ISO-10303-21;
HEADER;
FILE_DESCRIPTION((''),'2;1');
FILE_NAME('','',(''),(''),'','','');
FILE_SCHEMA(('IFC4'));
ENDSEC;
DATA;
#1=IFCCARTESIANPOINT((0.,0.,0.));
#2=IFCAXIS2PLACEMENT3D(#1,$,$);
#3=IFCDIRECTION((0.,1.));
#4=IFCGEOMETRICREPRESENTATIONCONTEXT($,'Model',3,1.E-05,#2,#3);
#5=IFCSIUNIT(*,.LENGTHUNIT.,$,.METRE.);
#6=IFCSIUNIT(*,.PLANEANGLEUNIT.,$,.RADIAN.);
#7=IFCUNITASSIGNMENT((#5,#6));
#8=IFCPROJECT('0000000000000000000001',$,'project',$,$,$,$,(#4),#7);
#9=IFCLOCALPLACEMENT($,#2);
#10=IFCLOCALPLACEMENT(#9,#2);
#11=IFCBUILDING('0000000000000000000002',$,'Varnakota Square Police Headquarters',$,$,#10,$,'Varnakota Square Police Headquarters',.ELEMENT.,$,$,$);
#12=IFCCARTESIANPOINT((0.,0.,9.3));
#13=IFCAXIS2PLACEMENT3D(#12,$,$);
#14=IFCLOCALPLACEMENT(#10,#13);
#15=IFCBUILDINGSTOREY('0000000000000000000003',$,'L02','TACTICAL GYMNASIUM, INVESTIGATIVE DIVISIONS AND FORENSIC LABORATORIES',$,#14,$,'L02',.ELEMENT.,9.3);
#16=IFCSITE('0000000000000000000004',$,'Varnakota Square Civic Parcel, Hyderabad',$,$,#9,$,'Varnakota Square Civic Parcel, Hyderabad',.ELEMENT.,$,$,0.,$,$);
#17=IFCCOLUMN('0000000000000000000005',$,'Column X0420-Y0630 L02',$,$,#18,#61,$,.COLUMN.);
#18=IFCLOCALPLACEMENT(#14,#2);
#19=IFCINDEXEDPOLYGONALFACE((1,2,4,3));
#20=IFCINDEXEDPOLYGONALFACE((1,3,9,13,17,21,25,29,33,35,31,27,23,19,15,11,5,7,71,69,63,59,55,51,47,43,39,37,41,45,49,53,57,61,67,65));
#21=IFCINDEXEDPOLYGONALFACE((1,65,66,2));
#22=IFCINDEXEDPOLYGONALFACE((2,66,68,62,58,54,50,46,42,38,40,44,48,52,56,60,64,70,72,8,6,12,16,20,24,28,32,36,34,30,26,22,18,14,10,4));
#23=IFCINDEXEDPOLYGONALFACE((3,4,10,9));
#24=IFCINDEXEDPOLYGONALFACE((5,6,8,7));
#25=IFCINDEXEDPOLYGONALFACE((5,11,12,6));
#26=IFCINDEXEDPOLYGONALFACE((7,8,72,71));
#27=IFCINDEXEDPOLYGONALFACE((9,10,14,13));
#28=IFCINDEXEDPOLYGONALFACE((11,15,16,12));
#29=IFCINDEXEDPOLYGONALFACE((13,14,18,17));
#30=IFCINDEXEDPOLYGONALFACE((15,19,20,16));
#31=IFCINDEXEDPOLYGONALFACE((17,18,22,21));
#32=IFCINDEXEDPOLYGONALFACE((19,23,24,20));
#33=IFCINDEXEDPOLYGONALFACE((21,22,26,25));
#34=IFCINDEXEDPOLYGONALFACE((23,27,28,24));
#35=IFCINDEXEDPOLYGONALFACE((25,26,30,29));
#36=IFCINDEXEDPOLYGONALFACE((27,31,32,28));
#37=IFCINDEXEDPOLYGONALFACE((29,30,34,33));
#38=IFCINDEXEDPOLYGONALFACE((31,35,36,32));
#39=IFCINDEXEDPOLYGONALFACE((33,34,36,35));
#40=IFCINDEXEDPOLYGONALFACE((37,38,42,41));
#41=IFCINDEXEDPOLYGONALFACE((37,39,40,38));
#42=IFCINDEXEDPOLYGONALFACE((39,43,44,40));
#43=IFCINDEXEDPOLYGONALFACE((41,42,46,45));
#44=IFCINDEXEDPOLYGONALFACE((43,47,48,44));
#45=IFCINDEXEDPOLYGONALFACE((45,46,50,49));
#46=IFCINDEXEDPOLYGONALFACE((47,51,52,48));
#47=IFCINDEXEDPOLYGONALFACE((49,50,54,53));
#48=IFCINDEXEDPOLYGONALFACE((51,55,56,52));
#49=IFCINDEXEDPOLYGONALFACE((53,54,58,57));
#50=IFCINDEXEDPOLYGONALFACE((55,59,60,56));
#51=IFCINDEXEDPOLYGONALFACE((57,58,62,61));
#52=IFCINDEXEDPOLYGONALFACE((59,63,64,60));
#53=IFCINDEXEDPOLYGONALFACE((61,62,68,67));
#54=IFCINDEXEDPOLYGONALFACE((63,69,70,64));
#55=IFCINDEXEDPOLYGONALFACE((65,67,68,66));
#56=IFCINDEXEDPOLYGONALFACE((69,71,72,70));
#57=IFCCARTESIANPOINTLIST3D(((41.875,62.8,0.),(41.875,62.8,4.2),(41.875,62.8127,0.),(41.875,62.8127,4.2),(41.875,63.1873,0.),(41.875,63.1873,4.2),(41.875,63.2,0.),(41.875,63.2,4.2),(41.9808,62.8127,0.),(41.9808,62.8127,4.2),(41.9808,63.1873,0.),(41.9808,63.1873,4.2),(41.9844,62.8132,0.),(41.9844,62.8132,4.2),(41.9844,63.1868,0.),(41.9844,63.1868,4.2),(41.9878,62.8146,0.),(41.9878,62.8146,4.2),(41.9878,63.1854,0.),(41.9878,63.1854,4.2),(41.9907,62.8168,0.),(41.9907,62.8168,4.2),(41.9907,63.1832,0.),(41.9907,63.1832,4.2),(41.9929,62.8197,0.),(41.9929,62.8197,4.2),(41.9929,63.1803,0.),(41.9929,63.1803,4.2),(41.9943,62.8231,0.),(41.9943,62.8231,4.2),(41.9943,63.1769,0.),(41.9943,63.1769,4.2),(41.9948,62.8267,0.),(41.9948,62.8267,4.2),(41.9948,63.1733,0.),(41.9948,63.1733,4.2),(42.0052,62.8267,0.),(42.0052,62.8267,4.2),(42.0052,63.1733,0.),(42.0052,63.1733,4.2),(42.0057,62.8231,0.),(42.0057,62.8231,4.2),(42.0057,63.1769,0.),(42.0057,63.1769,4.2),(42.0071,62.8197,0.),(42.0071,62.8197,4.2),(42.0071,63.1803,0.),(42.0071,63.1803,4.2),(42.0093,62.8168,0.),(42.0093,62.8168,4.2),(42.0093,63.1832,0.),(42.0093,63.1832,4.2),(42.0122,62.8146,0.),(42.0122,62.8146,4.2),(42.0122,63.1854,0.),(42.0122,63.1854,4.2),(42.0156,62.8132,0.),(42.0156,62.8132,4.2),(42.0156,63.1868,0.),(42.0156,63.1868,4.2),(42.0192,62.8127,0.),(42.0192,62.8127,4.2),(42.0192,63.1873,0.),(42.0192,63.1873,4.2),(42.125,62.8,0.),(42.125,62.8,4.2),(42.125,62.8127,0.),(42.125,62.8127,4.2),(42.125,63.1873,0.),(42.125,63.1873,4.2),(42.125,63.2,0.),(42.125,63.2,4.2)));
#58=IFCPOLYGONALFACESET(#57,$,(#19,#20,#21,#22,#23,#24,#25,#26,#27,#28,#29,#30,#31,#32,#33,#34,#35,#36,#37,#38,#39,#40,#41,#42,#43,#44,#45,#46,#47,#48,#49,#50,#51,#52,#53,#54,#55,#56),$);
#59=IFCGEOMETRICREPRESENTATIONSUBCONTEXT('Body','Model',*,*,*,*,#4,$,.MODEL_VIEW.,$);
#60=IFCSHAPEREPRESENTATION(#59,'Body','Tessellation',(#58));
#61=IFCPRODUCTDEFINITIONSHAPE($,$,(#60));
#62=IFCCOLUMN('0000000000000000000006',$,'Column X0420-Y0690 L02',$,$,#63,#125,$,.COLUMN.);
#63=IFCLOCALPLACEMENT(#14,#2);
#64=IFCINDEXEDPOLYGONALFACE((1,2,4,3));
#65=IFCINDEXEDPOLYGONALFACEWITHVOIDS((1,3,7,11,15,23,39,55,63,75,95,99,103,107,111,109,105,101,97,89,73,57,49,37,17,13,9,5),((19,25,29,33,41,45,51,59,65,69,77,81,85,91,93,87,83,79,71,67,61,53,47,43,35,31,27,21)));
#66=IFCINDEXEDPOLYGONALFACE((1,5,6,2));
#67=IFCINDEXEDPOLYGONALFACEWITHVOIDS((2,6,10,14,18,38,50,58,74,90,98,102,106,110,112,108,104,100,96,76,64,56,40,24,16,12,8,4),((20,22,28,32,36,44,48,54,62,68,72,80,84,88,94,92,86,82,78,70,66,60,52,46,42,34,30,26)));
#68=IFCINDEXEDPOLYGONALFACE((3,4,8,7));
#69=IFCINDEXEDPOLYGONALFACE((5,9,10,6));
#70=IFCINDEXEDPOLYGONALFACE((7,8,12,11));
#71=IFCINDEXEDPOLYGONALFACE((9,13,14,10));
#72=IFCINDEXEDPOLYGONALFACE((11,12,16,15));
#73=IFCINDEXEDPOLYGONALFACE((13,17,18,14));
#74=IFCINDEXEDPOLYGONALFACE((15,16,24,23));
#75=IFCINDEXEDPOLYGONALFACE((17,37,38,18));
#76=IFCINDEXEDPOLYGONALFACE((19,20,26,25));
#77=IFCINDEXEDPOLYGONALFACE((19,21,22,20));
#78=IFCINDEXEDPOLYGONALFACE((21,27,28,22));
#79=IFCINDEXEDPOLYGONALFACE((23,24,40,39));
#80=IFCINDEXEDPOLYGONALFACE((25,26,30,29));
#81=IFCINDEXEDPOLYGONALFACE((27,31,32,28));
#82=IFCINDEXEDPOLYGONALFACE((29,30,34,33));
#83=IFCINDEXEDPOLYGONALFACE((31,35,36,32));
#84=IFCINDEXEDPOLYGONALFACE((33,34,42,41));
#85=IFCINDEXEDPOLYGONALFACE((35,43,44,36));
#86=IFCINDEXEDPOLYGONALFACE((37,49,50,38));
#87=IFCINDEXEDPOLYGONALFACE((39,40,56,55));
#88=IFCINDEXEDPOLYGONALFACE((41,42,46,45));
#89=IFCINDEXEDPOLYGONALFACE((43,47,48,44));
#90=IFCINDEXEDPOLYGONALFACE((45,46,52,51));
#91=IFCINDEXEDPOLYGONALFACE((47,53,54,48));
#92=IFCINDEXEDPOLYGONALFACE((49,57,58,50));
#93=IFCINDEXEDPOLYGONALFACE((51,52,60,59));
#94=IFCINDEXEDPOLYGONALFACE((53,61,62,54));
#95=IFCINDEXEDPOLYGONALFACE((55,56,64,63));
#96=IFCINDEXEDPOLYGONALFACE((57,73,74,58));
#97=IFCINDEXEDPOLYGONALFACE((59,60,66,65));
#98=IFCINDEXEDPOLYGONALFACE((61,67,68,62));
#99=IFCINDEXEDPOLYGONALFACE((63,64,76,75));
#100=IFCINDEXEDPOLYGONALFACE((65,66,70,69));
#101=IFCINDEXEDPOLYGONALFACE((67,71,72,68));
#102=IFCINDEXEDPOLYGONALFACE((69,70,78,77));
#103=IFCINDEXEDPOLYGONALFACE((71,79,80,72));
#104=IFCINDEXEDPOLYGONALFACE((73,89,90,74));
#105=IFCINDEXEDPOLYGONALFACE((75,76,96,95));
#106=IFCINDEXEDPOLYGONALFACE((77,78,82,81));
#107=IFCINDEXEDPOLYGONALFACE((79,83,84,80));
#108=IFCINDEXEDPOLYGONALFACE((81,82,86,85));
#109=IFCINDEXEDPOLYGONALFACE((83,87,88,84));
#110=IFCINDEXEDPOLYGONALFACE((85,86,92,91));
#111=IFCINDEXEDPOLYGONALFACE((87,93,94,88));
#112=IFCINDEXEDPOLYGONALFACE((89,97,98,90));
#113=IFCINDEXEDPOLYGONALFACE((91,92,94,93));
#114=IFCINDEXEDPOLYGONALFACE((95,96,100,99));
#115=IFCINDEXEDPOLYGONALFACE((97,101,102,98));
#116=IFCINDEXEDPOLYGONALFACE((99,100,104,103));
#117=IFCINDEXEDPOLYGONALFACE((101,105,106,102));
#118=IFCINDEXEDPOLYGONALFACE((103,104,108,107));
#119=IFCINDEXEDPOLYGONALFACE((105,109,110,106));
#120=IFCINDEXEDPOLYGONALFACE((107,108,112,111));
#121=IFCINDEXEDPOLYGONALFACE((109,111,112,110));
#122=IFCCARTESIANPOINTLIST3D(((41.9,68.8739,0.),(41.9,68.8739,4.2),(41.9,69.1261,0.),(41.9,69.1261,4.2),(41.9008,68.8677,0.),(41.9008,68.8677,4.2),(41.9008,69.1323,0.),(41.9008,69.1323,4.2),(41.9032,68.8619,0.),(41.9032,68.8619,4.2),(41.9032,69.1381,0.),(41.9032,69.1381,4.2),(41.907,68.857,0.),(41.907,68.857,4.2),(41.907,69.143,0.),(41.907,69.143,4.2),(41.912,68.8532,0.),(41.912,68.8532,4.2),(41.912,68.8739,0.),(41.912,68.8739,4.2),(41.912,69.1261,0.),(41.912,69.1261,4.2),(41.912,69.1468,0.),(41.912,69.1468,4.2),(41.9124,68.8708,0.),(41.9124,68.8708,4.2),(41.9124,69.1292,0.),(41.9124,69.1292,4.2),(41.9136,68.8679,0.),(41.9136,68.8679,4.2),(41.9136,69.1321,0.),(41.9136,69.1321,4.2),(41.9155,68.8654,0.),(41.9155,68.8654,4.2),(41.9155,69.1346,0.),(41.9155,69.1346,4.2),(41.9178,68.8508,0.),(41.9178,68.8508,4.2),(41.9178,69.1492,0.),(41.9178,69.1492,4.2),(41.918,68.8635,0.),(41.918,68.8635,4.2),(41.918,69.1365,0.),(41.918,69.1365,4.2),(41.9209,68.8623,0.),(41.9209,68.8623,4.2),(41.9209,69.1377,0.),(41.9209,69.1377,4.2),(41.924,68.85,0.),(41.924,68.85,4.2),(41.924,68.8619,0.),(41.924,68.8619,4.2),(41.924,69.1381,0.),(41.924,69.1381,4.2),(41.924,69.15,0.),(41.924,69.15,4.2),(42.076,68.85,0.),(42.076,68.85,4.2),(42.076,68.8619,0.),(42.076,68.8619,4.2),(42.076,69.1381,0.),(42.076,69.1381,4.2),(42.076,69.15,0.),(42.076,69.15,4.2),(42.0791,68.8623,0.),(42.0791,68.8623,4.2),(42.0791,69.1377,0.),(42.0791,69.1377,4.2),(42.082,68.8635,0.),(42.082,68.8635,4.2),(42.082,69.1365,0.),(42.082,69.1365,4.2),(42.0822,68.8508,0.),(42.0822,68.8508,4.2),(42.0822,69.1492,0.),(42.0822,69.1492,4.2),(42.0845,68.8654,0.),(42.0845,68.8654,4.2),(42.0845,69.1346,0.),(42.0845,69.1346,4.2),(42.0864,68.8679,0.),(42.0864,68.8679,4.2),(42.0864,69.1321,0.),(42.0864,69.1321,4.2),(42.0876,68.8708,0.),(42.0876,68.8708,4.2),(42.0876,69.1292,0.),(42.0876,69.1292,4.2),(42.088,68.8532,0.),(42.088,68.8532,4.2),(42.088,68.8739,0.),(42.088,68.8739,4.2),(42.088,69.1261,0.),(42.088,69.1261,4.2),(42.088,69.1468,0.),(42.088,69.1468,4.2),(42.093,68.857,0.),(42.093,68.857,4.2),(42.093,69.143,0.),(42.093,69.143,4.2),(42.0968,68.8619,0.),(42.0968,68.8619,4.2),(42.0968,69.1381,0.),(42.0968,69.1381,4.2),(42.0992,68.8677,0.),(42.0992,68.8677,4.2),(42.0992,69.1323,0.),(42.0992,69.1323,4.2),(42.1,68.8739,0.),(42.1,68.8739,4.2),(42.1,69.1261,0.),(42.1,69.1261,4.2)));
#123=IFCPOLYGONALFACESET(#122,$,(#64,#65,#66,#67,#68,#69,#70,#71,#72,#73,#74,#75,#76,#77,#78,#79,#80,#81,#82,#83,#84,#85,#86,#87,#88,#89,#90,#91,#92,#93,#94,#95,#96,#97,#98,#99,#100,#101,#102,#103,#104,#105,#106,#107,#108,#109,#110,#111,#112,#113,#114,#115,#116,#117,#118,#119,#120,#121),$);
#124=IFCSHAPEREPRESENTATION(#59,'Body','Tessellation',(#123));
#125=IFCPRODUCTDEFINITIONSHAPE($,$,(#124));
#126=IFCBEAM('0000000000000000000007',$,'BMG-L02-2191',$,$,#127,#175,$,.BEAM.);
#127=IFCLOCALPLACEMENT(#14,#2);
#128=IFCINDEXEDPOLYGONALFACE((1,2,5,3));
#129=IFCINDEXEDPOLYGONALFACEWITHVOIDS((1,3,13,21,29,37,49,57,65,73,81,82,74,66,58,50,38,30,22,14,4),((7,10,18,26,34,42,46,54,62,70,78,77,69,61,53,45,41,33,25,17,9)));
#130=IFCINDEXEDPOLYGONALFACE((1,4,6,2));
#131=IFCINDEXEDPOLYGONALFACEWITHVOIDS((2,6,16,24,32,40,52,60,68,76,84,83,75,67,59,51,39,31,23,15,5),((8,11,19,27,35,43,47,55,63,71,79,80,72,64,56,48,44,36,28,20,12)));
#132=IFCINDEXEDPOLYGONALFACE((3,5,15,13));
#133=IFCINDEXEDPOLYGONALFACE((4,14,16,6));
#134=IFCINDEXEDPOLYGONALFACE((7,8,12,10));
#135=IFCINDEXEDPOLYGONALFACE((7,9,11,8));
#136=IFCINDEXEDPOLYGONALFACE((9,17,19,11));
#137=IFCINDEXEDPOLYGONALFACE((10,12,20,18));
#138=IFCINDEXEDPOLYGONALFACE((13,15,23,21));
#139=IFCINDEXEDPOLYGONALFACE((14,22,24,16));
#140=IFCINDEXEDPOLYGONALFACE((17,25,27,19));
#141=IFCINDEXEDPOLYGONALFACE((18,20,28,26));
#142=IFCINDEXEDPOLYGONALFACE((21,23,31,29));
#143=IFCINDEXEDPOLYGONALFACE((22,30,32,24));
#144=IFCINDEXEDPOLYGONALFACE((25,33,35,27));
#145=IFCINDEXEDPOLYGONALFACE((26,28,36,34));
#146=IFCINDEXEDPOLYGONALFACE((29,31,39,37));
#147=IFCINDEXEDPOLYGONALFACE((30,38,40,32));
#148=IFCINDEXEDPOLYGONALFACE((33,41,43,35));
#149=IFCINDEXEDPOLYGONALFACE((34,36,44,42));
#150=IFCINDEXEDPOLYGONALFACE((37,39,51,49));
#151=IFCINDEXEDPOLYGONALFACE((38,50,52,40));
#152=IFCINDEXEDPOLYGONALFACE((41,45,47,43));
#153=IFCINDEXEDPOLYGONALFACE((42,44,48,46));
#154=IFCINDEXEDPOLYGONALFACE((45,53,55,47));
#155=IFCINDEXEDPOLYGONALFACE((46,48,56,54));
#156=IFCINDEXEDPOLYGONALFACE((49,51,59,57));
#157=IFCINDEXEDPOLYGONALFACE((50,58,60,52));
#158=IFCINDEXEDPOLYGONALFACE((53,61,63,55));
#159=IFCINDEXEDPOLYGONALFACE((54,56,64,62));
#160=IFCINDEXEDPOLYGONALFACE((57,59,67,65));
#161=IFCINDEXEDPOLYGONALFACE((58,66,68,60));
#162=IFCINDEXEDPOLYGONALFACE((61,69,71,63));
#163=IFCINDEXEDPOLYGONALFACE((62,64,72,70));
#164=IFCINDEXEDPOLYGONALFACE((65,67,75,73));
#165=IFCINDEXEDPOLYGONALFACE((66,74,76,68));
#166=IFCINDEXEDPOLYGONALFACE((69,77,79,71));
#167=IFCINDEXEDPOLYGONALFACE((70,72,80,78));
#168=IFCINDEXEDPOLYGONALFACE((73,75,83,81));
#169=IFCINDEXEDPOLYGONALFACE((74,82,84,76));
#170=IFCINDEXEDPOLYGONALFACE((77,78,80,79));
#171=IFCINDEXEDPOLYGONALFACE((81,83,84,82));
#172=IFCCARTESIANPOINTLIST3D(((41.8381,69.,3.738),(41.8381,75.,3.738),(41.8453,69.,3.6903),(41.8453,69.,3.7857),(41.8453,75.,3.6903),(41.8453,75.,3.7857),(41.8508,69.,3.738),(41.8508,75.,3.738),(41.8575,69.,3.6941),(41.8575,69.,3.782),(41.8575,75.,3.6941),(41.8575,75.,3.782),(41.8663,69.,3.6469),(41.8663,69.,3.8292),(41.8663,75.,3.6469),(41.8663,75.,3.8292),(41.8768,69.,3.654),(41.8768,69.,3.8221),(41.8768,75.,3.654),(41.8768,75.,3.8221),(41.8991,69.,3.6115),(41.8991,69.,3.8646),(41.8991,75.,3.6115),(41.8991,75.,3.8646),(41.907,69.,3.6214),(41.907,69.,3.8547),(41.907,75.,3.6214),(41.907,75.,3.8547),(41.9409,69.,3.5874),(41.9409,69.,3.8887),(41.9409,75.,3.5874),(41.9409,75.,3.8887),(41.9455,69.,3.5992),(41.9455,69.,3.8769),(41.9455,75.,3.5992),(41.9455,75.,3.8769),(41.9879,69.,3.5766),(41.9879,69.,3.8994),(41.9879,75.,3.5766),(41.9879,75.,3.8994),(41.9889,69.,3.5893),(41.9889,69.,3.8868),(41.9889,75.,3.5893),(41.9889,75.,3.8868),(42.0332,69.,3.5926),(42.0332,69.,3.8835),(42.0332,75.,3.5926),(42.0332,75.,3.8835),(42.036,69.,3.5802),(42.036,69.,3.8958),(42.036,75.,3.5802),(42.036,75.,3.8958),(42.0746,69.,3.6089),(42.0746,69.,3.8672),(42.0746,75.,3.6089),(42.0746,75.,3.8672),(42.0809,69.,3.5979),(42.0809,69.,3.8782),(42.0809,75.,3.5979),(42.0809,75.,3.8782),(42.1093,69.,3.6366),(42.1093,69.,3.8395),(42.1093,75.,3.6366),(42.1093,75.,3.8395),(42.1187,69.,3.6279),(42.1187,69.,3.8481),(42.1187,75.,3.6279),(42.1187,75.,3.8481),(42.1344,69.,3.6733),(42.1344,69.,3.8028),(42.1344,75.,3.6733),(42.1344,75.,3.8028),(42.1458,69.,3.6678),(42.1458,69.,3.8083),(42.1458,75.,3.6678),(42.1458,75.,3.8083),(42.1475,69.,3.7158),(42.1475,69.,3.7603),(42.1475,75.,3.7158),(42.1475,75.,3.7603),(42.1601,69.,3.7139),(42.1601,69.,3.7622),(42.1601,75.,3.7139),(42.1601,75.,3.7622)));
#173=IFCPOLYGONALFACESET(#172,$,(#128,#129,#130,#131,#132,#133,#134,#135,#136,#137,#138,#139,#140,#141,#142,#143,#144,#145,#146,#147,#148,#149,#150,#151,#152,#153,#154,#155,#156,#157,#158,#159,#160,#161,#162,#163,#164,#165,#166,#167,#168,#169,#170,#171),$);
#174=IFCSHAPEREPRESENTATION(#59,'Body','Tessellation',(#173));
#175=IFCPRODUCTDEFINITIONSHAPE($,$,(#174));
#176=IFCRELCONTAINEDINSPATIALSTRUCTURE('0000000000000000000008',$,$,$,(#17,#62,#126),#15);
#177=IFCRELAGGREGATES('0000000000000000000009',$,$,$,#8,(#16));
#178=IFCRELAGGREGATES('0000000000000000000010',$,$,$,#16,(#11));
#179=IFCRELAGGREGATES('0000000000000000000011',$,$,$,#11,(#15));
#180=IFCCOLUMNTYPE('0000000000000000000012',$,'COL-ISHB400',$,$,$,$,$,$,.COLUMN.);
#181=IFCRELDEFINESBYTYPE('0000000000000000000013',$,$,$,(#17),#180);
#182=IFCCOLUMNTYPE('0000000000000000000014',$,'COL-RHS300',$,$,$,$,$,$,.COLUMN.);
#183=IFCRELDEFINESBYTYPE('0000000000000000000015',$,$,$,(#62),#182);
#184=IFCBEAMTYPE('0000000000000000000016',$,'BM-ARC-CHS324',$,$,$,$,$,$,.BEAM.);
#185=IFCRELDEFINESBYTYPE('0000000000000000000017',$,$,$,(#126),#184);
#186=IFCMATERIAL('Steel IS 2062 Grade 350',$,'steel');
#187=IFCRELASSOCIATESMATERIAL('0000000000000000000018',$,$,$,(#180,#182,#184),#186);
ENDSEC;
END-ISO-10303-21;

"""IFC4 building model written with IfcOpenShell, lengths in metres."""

from ifc_helpers import new_model, si_unit, direction, frame, origin, origin_2d, place, context, subcontext, project, spatial, hollow_rectangle, hollow_circle, i_section, extrude, material, material_profile, profile_set, type_object, element, save


model = new_model("IFC4")

# Units and contexts
model_context = context("Model", 3, precision=1e-05, world=origin(), true_north=direction((0.0, 1.0)))
body_context = subcontext(model_context, "Body", "Model", "MODEL_VIEW")
ifc_project = project(units=[si_unit("LENGTHUNIT", "METRE"), si_unit("PLANEANGLEUNIT", "RADIAN")], contexts=[model_context])

# Site, building, storey
site_placement = place(None, origin())
site = spatial("IfcSite", under=ifc_project, at=site_placement, Name="Varnakota Square Civic Parcel, Hyderabad", LongName="Varnakota Square Civic Parcel, Hyderabad", CompositionType="ELEMENT", RefElevation=0.0)
building_placement = place(site_placement, origin())
building = spatial("IfcBuilding", under=site, at=building_placement, Name="Varnakota Square Police Headquarters", LongName="Varnakota Square Police Headquarters", CompositionType="ELEMENT")
storey_placement = place(building_placement, frame((0.0, 0.0, 9.3)))
storey = spatial("IfcBuildingStorey", under=building, at=storey_placement, Name="L02", Description="TACTICAL GYMNASIUM, INVESTIGATIVE DIVISIONS AND FORENSIC LABORATORIES", LongName="L02", CompositionType="ELEMENT", Elevation=9.3)

# Columns
ifc_material_1 = material(Name="Steel IS 2062 Grade 350", Category="steel")
ifc_material_profile_1 = material_profile(ifc_material_1, i_section(OverallWidth=0.25, OverallDepth=0.3999, WebThickness=0.0105, FlangeThickness=0.0127, FilletRadius=0.0139, at=origin_2d()), Name="ISHB 400")
ifc_profile_set_1 = profile_set([ifc_material_profile_1], Name="Steel IS 2062 Grade 350")
column_type_1 = type_object("IfcColumnType", Name="COL-ISHB400", PredefinedType="COLUMN", material=ifc_profile_set_1)
column_1_placement = place(storey_placement, frame((42.0, 63.0, 0.0), z_axis=(0.0, 0.0, 1.0), x_axis=(1.0, 0.0, 0.0)))
element("IfcColumn", 1, at=column_1_placement, inside=storey, type_object=column_type_1, Name="Column X0420-Y0630 L02", PredefinedType="COLUMN", context=body_context, shape_type="SweptSolid", body=[
    extrude(i_section(OverallWidth=0.25, OverallDepth=0.3999, WebThickness=0.0105, FlangeThickness=0.0127, FilletRadius=0.0139, at=origin_2d()), origin(), (0.0, 0.0, 1.0), 4.2),
])
ifc_material_profile_2 = material_profile(ifc_material_1, hollow_rectangle(XDim=0.2, YDim=0.3, WallThickness=0.012, InnerFilletRadius=0.012, OuterFilletRadius=0.0239, at=origin_2d()), Name="RHS 300x200x12")
ifc_profile_set_2 = profile_set([ifc_material_profile_2], Name="Steel IS 2062 Grade 350")
column_type_2 = type_object("IfcColumnType", Name="COL-RHS300", PredefinedType="COLUMN", material=ifc_profile_set_2)
column_2_placement = place(storey_placement, frame((42.0, 69.0, 0.0), z_axis=(0.0, 0.0, 1.0), x_axis=(1.0, 0.0, 0.0)))
element("IfcColumn", 2, at=column_2_placement, inside=storey, type_object=column_type_2, Name="Column X0420-Y0690 L02", PredefinedType="COLUMN", context=body_context, shape_type="SweptSolid", body=[
    extrude(hollow_rectangle(XDim=0.2, YDim=0.3, WallThickness=0.012, InnerFilletRadius=0.012, OuterFilletRadius=0.0239, at=origin_2d()), origin(), (0.0, 0.0, 1.0), 4.2),
])

# Beam
ifc_material_profile_3 = material_profile(ifc_material_1, hollow_circle(Radius=0.1619, WallThickness=0.0127, at=origin_2d()), Name="CHS 323.9x12.7")
ifc_profile_set_3 = profile_set([ifc_material_profile_3], Name="Steel IS 2062 Grade 350")
beam_type_1 = type_object("IfcBeamType", Name="BM-ARC-CHS324", PredefinedType="BEAM", material=ifc_profile_set_3)
beam_1_placement = place(storey_placement, frame((42.0, 69.0, 3.738), z_axis=(0.0, 1.0, 0.0), x_axis=(-1.0, 0.0, 0.0)))
element("IfcBeam", 3, at=beam_1_placement, inside=storey, type_object=beam_type_1, Name="BMG-L02-2191", PredefinedType="BEAM", context=body_context, shape_type="SweptSolid", body=[
    extrude(hollow_circle(Radius=0.1619, WallThickness=0.0127, at=origin_2d()), origin(), (0.0, 0.0, 1.0), 6.0),
])

save(model, "model.ifc")
